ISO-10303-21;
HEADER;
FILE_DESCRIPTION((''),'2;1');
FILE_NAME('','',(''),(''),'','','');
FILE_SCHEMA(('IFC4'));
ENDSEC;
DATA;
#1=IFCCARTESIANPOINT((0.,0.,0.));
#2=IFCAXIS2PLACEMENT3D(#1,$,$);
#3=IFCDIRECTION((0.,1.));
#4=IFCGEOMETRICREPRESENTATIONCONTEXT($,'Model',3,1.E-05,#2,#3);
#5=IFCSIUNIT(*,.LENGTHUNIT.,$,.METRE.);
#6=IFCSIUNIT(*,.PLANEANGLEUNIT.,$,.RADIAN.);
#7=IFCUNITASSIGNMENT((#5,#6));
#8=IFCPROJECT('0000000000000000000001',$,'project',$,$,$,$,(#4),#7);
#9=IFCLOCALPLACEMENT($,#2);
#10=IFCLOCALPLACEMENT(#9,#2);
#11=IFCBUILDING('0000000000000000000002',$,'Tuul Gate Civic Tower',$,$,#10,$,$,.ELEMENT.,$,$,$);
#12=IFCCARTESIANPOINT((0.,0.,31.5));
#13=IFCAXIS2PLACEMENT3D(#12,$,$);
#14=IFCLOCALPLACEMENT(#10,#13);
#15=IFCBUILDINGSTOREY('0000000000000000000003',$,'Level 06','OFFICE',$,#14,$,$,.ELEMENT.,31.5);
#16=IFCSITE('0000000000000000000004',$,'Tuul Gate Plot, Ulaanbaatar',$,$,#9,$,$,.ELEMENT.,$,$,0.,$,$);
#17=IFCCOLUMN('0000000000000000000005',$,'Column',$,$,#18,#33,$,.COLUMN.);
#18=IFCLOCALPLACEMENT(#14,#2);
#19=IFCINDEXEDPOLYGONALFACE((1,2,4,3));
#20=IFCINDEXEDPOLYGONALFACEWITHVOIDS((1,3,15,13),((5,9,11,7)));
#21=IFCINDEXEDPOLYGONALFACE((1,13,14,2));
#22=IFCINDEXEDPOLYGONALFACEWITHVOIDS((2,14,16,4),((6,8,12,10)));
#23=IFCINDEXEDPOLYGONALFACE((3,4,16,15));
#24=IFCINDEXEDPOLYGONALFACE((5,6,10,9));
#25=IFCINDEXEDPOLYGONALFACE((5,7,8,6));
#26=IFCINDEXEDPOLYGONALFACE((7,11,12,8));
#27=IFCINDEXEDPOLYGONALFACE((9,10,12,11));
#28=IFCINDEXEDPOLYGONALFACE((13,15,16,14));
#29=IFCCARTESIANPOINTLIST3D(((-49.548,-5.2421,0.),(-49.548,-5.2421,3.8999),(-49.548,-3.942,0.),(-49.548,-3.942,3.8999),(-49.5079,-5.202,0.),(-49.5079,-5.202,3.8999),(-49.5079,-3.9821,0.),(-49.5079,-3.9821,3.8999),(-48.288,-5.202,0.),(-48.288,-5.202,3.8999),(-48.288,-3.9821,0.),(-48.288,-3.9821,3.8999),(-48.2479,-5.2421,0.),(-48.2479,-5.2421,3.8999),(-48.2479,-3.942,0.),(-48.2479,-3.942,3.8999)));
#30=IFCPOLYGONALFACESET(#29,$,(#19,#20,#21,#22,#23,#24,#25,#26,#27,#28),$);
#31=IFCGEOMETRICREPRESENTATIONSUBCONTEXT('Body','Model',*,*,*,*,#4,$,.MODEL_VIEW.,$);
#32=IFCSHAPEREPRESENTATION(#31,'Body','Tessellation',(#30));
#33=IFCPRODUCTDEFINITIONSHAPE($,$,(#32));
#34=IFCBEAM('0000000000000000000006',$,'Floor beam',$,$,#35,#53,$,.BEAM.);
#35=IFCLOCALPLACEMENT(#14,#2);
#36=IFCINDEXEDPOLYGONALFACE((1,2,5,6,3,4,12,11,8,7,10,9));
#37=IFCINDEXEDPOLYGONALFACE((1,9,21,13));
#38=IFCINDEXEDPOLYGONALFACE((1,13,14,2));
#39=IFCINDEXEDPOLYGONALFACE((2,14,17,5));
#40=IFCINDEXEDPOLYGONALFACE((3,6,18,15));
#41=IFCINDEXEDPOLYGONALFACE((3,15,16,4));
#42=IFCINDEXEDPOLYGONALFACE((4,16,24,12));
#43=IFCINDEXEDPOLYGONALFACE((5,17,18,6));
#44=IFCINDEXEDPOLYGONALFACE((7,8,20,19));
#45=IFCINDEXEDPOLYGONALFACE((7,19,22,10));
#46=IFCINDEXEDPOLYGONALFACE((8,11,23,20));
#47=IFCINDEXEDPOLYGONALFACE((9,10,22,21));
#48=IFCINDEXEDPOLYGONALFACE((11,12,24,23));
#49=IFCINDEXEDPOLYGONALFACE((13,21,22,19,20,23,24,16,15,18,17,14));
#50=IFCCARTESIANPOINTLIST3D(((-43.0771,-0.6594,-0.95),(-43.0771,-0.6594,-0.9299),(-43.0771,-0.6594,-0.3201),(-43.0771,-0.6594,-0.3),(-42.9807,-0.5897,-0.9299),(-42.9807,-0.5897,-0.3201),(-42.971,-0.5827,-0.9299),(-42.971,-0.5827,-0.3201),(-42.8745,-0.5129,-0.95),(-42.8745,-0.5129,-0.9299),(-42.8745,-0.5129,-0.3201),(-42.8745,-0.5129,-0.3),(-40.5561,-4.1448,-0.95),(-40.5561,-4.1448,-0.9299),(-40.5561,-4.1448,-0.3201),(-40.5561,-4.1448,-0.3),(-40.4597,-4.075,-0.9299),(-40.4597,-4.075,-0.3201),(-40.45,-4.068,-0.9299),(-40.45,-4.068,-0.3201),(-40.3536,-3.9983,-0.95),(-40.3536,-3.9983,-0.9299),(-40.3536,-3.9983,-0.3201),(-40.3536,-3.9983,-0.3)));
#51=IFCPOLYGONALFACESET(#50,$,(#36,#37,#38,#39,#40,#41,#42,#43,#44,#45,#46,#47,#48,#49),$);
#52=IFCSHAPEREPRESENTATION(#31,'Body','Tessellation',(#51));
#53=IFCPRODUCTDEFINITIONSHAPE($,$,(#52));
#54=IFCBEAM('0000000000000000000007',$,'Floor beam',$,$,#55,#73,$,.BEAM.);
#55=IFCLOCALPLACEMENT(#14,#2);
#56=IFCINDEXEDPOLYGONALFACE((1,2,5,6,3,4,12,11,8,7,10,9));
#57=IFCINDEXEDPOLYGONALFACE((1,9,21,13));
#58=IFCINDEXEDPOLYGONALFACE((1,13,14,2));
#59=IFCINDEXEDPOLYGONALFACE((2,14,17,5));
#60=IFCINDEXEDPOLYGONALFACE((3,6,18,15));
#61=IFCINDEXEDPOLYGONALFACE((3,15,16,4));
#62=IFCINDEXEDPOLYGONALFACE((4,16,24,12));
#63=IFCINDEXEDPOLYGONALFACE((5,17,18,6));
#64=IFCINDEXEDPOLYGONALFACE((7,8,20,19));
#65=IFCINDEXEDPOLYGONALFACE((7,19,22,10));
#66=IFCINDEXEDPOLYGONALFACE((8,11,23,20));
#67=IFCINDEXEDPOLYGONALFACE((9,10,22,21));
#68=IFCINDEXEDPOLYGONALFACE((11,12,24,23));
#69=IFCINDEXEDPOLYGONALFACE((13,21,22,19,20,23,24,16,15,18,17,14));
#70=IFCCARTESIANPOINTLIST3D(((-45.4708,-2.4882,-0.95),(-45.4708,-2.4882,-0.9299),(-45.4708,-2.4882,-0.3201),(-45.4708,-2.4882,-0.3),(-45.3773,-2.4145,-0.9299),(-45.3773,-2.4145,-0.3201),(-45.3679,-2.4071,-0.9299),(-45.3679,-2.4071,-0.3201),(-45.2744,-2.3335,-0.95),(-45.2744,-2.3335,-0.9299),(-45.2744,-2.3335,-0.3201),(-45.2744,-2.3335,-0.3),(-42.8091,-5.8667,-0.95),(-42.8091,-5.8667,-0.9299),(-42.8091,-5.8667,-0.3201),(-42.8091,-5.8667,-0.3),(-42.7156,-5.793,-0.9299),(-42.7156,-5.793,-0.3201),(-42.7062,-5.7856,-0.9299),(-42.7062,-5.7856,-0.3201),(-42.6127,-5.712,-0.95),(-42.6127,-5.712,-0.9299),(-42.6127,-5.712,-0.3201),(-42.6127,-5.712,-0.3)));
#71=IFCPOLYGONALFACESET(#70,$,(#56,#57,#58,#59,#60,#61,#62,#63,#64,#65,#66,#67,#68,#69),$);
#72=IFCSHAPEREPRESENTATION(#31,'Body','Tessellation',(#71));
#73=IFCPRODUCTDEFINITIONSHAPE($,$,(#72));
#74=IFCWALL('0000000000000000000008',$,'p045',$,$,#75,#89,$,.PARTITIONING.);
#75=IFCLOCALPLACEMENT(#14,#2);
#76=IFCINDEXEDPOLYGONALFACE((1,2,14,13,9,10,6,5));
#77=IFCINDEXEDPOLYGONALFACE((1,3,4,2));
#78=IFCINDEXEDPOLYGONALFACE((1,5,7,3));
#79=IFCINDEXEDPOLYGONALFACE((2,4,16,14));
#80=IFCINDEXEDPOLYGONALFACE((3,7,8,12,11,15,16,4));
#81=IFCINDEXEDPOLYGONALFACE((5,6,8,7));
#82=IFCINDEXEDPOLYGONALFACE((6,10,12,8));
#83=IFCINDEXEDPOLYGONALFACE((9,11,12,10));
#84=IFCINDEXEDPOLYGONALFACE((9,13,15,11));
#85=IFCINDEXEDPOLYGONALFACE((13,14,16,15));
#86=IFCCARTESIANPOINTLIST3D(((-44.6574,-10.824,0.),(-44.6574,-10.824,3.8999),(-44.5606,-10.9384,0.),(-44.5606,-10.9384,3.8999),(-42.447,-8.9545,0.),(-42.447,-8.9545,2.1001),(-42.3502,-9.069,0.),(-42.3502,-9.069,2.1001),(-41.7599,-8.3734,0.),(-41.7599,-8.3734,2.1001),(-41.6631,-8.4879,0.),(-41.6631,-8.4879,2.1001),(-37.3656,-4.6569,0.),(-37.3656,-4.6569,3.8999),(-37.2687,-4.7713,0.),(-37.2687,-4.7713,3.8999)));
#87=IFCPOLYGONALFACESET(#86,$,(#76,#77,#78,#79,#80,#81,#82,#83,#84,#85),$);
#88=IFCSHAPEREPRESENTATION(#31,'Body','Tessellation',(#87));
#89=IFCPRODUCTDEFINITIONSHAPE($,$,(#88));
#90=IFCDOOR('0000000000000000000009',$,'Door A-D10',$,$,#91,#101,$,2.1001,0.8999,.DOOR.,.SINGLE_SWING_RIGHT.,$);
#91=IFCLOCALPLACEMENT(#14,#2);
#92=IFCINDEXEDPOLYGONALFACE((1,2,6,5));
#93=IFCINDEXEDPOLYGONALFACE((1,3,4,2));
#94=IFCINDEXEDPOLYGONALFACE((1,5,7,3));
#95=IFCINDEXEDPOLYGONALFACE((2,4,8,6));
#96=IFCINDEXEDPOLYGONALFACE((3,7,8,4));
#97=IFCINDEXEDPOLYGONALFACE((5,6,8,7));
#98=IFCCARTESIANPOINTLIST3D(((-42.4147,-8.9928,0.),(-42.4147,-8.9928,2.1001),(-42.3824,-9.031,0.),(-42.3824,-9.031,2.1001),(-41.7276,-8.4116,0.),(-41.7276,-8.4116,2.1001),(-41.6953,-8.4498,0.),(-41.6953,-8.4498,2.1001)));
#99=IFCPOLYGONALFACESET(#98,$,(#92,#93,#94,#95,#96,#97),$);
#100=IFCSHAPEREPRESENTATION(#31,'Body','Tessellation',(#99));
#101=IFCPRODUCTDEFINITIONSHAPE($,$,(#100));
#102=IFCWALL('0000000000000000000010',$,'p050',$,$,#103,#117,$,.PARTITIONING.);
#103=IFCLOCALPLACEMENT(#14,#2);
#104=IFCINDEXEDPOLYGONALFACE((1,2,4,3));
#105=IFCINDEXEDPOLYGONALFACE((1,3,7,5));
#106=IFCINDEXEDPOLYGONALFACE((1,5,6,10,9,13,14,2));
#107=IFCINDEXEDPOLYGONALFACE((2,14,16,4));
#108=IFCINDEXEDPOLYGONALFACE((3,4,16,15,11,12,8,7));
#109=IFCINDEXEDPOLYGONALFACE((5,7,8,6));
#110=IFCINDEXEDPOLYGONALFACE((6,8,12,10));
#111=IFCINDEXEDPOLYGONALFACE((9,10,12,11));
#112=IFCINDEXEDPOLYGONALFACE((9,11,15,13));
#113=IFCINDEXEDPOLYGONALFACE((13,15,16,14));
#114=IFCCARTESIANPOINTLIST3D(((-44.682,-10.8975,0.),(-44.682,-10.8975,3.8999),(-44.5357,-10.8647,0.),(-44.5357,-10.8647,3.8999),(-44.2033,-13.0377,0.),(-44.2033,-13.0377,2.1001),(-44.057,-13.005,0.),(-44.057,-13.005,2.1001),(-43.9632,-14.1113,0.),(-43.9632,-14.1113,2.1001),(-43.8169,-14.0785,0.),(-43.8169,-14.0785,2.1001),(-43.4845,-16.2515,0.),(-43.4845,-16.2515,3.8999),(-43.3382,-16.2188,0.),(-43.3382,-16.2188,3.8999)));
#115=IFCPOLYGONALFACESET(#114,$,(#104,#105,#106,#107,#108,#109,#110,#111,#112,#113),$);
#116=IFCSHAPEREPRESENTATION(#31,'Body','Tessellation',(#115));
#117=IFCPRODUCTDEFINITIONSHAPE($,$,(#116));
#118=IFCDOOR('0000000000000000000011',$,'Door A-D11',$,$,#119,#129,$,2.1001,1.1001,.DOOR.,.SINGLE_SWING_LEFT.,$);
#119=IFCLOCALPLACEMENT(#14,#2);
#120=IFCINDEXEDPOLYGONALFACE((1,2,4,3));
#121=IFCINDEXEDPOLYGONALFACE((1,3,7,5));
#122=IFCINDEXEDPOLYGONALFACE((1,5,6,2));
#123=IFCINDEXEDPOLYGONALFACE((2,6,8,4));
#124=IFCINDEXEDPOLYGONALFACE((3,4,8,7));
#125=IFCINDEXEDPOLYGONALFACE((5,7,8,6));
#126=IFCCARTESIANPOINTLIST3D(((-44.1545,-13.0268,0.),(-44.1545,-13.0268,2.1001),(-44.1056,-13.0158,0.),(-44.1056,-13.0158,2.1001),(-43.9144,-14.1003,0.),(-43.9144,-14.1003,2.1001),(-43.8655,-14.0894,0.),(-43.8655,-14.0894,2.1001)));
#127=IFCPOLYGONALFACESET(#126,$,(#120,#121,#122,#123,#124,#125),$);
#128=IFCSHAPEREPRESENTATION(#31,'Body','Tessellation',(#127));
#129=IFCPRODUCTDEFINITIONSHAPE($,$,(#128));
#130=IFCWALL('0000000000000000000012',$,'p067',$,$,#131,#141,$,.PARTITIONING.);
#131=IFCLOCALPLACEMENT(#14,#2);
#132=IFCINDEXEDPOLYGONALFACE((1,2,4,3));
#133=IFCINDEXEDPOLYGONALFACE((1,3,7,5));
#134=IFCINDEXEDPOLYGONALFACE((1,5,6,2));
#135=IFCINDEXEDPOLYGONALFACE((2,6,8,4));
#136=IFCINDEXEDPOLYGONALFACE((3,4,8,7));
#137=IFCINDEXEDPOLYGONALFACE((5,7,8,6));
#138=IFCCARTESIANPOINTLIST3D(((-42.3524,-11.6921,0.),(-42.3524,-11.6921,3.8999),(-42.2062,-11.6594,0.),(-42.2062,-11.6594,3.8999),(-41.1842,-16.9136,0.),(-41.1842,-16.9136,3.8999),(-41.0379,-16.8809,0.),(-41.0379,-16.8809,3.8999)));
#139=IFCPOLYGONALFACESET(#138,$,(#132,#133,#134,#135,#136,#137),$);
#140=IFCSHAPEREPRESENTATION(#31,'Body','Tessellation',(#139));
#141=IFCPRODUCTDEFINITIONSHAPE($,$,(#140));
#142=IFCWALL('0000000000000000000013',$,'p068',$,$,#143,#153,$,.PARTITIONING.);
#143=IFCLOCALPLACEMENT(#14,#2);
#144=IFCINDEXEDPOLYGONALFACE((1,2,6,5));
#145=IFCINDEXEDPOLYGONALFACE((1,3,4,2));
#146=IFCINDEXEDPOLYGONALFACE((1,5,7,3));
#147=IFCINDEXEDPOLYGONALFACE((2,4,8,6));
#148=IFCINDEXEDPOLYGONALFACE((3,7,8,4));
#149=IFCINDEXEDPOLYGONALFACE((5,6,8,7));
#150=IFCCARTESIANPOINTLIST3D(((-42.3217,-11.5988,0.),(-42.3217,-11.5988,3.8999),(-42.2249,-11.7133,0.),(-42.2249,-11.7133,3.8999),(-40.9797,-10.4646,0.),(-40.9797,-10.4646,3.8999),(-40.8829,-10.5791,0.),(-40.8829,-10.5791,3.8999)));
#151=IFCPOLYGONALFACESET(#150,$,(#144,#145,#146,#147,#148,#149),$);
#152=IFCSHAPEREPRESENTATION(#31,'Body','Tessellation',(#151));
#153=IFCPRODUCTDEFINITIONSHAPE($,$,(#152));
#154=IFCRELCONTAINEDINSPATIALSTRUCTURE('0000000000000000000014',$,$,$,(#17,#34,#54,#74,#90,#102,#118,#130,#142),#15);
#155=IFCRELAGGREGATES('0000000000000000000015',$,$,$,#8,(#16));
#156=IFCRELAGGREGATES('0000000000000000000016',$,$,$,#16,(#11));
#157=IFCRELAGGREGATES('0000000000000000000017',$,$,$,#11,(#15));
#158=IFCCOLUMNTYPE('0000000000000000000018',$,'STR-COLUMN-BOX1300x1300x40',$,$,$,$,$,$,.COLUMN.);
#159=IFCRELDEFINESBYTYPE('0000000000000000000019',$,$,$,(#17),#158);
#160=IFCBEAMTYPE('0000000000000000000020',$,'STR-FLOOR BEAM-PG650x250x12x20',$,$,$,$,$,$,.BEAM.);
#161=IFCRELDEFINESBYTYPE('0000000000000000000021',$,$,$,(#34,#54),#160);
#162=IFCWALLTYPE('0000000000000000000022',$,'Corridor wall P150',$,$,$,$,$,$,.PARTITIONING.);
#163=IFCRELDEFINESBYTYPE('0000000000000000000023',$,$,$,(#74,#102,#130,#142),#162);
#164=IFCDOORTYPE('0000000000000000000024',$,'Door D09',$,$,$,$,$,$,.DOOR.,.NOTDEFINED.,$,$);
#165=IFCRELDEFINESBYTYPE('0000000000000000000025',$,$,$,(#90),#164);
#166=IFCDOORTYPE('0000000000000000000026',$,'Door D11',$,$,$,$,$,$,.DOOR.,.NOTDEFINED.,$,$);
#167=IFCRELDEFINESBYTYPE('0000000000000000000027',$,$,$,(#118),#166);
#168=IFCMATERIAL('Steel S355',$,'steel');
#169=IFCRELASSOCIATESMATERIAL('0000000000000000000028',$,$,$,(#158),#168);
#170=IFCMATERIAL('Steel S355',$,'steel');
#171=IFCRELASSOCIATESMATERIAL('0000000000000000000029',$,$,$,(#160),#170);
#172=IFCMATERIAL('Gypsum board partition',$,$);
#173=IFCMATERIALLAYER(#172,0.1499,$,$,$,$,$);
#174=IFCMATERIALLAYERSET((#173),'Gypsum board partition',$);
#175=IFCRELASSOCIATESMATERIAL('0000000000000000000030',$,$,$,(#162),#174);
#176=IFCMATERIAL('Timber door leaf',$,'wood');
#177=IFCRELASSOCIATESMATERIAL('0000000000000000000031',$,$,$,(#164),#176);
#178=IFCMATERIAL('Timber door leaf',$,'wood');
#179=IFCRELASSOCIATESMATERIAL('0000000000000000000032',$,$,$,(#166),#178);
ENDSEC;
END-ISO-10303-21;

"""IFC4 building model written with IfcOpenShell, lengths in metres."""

from ifc_helpers import new_model, si_unit, direction, frame, frame_2d, origin, origin_2d, place, context, subcontext, project, spatial, rectangle, hollow_rectangle, i_section, extrude, material, layer, layer_set, material_profile, profile_set, type_object, element, fill, save


model = new_model("IFC4")

# Units and contexts
model_context = context("Model", 3, precision=1e-05, world=origin(), true_north=direction((0.0, 1.0)))
body_context = subcontext(model_context, "Body", "Model", "MODEL_VIEW")
ifc_project = project(units=[si_unit("LENGTHUNIT", "METRE"), si_unit("PLANEANGLEUNIT", "RADIAN")], contexts=[model_context])

# Site, building, storey
site_placement = place(None, origin())
site = spatial("IfcSite", under=ifc_project, at=site_placement, Name="Tuul Gate Plot, Ulaanbaatar", CompositionType="ELEMENT", RefElevation=0.0)
building_placement = place(site_placement, origin())
building = spatial("IfcBuilding", under=site, at=building_placement, Name="Tuul Gate Civic Tower", CompositionType="ELEMENT")
storey_placement = place(building_placement, frame((0.0, 0.0, 31.5)))
storey = spatial("IfcBuildingStorey", under=building, at=storey_placement, Name="Level 06", Description="OFFICE", CompositionType="ELEMENT", Elevation=31.5)

# Column
ifc_material_1 = material(Name="Steel S355", Category="steel")
ifc_material_profile_1 = material_profile(ifc_material_1, hollow_rectangle(XDim=1.3, YDim=1.3, WallThickness=0.04, at=origin_2d()), Name="BOX1300x1300x40")
ifc_profile_set_1 = profile_set([ifc_material_profile_1], Name="Steel S355")
column_type = type_object("IfcColumnType", Name="STR-COLUMN-BOX1300x1300x40", PredefinedType="COLUMN", material=ifc_profile_set_1)
column_placement = place(storey_placement, frame((-48.8979, -4.592, 0.0), z_axis=(0.0, 0.0, 1.0), x_axis=(1.0, 0.0, 0.0)))
element("IfcColumn", 1, at=column_placement, inside=storey, type_object=column_type, Name="Column", PredefinedType="COLUMN", context=body_context, shape_type="SweptSolid", body=[
    extrude(hollow_rectangle(XDim=1.3, YDim=1.3, WallThickness=0.04, at=origin_2d()), origin(), (0.0, 0.0, 1.0), 3.8999),
])

# Beams
ifc_material_2 = material(Name="Steel S355", Category="steel")
ifc_material_profile_2 = material_profile(ifc_material_2, i_section(OverallWidth=0.25, OverallDepth=0.6499, WebThickness=0.012, FlangeThickness=0.02, at=origin_2d()), Name="PG650x250x12x20")
ifc_profile_set_2 = profile_set([ifc_material_profile_2], Name="Steel S355")
beam_type = type_object("IfcBeamType", Name="STR-FLOOR BEAM-PG650x250x12x20", PredefinedType="BEAM", material=ifc_profile_set_2)
beam_1_placement = place(storey_placement, frame((-40.4548, -4.0715, -0.625), z_axis=(-0.586071, 0.81026, 0.0), x_axis=(-0.81026, -0.586071, 0.0)))
element("IfcBeam", 2, at=beam_1_placement, inside=storey, type_object=beam_type, Name="Floor beam", PredefinedType="BEAM", context=body_context, shape_type="SweptSolid", body=[
    extrude(i_section(OverallWidth=0.25, OverallDepth=0.6499, WebThickness=0.012, FlangeThickness=0.02, at=origin_2d()), origin(), (0.0, 0.0, 1.0), 4.3015),
])
beam_2_placement = place(storey_placement, frame((-42.7109, -5.7893, -0.625), z_axis=(-0.618849, 0.78551, 0.0), x_axis=(-0.78551, -0.618849, 0.0)))
element("IfcBeam", 3, at=beam_2_placement, inside=storey, type_object=beam_type, Name="Floor beam", PredefinedType="BEAM", context=body_context, shape_type="SweptSolid", body=[
    extrude(i_section(OverallWidth=0.25, OverallDepth=0.6499, WebThickness=0.012, FlangeThickness=0.02, at=origin_2d()), origin(), (0.0, 0.0, 1.0), 4.301),
])

# Walls, openings, doors
ifc_material_3 = material(Name="Gypsum board partition")
ifc_layer_1 = layer(ifc_material_3, 0.1499)
ifc_layer_set_1 = layer_set([ifc_layer_1], Name="Gypsum board partition")
wall_type_1 = type_object("IfcWallType", Name="Corridor wall P150", PredefinedType="PARTITIONING", material=ifc_layer_set_1)
wall_1_placement = place(storey_placement, frame((-44.6089, -10.8811, 0.0), z_axis=(0.0, 0.0, 1.0), x_axis=(0.763539, 0.645762, 0.0)))
wall_1 = element("IfcWall", 4, at=wall_1_placement, inside=storey, type_object=wall_type_1, Name="p045", PredefinedType="PARTITIONING", context=body_context, shape_type="SweptSolid", body=[
    extrude(rectangle(XDim=9.55, YDim=0.1499, at=frame_2d((4.7749, 0.0))), origin(), (0.0, 0.0, 1.0), 3.8999),
])
opening_1_placement = place(wall_1_placement, frame((2.8948, 0.0, 0.0)))
opening_1 = element("IfcOpeningElement", 5, at=opening_1_placement, cuts=wall_1, PredefinedType="OPENING", context=body_context, shape_type="SweptSolid", body=[
    extrude(rectangle(XDim=0.8999, YDim=2.1001, at=frame_2d((0.45, 1.05))), frame((0.0, 0.085, 0.0), z_axis=(0.0, -1.0, 0.0), x_axis=(1.0, 0.0, 0.0)), (0.0, 0.0, 1.0), 0.1699),
])
ifc_material_4 = material(Name="Timber door leaf", Category="wood")
door_type_1 = type_object("IfcDoorType", Name="Door D09", OperationType="NOTDEFINED", PredefinedType="DOOR", material=ifc_material_4)
door_1_placement = place(opening_1_placement, origin())
door_1 = element("IfcDoor", 6, at=door_1_placement, inside=storey, type_object=door_type_1, Name="Door A-D10", OperationType="SINGLE_SWING_RIGHT", OverallHeight=2.1001, OverallWidth=0.8999, PredefinedType="DOOR", context=body_context, shape_type="SweptSolid", body=[
    extrude(rectangle(XDim=0.8999, YDim=2.1001, at=frame_2d((0.45, 1.05))), frame((0.0, 0.0249, 0.0), z_axis=(0.0, -1.0, 0.0), x_axis=(1.0, 0.0, 0.0)), (0.0, 0.0, 1.0), 0.05),
])
fill(opening_1, door_1)
wall_2_placement = place(storey_placement, frame((-44.6089, -10.8811, 0.0), z_axis=(0.0, 0.0, 1.0), x_axis=(0.218273, -0.975888, 0.0)))
wall_2 = element("IfcWall", 7, at=wall_2_placement, inside=storey, type_object=wall_type_1, Name="p050", PredefinedType="PARTITIONING", context=body_context, shape_type="SweptSolid", body=[
    extrude(rectangle(XDim=5.4863, YDim=0.1499, at=frame_2d((2.7432, 0.0))), origin(), (0.0, 0.0, 1.0), 3.8999),
])
opening_2_placement = place(wall_2_placement, frame((2.1931, 0.0, 0.0)))
opening_2 = element("IfcOpeningElement", 8, at=opening_2_placement, cuts=wall_2, PredefinedType="OPENING", context=body_context, shape_type="SweptSolid", body=[
    extrude(rectangle(XDim=1.1001, YDim=2.1001, at=frame_2d((0.55, 1.05))), frame((0.0, 0.085, 0.0), z_axis=(0.0, -1.0, 0.0), x_axis=(1.0, 0.0, 0.0)), (0.0, 0.0, 1.0), 0.1699),
])
ifc_material_5 = material(Name="Timber door leaf", Category="wood")
door_type_2 = type_object("IfcDoorType", Name="Door D11", OperationType="NOTDEFINED", PredefinedType="DOOR", material=ifc_material_5)
door_2_placement = place(opening_2_placement, frame((1.1001, 0.0, 0.0), z_axis=(0.0, 0.0, 1.0), x_axis=(-1.0, 0.0, 0.0)))
door_2 = element("IfcDoor", 9, at=door_2_placement, inside=storey, type_object=door_type_2, Name="Door A-D11", OperationType="SINGLE_SWING_LEFT", OverallHeight=2.1001, OverallWidth=1.1001, PredefinedType="DOOR", context=body_context, shape_type="SweptSolid", body=[
    extrude(rectangle(XDim=1.1001, YDim=2.1001, at=frame_2d((0.55, 1.05))), frame((0.0, 0.0249, 0.0), z_axis=(0.0, -1.0, 0.0), x_axis=(1.0, 0.0, 0.0)), (0.0, 0.0, 1.0), 0.05),
])
fill(opening_2, door_2)

# Walls
wall_3_placement = place(storey_placement, frame((-42.2793, -11.6758, 0.0), z_axis=(0.0, 0.0, 1.0), x_axis=(0.218336, -0.975874, 0.0)))
element("IfcWall", 10, at=wall_3_placement, inside=storey, type_object=wall_type_1, Name="p067", PredefinedType="PARTITIONING", context=body_context, shape_type="SweptSolid", body=[
    extrude(rectangle(XDim=5.3506, YDim=0.1499, at=frame_2d((2.6753, 0.0))), origin(), (0.0, 0.0, 1.0), 3.8999),
])
wall_4_placement = place(storey_placement, frame((-42.2732, -11.656, 0.0), z_axis=(0.0, 0.0, 1.0), x_axis=(0.76375, 0.645512, 0.0)))
element("IfcWall", 11, at=wall_4_placement, inside=storey, type_object=wall_type_1, Name="p068", PredefinedType="PARTITIONING", context=body_context, shape_type="SweptSolid", body=[
    extrude(rectangle(XDim=1.7571, YDim=0.1499, at=frame_2d((0.8784, 0.0))), origin(), (0.0, 0.0, 1.0), 3.8999),
])

save(model, "model.ifc")
